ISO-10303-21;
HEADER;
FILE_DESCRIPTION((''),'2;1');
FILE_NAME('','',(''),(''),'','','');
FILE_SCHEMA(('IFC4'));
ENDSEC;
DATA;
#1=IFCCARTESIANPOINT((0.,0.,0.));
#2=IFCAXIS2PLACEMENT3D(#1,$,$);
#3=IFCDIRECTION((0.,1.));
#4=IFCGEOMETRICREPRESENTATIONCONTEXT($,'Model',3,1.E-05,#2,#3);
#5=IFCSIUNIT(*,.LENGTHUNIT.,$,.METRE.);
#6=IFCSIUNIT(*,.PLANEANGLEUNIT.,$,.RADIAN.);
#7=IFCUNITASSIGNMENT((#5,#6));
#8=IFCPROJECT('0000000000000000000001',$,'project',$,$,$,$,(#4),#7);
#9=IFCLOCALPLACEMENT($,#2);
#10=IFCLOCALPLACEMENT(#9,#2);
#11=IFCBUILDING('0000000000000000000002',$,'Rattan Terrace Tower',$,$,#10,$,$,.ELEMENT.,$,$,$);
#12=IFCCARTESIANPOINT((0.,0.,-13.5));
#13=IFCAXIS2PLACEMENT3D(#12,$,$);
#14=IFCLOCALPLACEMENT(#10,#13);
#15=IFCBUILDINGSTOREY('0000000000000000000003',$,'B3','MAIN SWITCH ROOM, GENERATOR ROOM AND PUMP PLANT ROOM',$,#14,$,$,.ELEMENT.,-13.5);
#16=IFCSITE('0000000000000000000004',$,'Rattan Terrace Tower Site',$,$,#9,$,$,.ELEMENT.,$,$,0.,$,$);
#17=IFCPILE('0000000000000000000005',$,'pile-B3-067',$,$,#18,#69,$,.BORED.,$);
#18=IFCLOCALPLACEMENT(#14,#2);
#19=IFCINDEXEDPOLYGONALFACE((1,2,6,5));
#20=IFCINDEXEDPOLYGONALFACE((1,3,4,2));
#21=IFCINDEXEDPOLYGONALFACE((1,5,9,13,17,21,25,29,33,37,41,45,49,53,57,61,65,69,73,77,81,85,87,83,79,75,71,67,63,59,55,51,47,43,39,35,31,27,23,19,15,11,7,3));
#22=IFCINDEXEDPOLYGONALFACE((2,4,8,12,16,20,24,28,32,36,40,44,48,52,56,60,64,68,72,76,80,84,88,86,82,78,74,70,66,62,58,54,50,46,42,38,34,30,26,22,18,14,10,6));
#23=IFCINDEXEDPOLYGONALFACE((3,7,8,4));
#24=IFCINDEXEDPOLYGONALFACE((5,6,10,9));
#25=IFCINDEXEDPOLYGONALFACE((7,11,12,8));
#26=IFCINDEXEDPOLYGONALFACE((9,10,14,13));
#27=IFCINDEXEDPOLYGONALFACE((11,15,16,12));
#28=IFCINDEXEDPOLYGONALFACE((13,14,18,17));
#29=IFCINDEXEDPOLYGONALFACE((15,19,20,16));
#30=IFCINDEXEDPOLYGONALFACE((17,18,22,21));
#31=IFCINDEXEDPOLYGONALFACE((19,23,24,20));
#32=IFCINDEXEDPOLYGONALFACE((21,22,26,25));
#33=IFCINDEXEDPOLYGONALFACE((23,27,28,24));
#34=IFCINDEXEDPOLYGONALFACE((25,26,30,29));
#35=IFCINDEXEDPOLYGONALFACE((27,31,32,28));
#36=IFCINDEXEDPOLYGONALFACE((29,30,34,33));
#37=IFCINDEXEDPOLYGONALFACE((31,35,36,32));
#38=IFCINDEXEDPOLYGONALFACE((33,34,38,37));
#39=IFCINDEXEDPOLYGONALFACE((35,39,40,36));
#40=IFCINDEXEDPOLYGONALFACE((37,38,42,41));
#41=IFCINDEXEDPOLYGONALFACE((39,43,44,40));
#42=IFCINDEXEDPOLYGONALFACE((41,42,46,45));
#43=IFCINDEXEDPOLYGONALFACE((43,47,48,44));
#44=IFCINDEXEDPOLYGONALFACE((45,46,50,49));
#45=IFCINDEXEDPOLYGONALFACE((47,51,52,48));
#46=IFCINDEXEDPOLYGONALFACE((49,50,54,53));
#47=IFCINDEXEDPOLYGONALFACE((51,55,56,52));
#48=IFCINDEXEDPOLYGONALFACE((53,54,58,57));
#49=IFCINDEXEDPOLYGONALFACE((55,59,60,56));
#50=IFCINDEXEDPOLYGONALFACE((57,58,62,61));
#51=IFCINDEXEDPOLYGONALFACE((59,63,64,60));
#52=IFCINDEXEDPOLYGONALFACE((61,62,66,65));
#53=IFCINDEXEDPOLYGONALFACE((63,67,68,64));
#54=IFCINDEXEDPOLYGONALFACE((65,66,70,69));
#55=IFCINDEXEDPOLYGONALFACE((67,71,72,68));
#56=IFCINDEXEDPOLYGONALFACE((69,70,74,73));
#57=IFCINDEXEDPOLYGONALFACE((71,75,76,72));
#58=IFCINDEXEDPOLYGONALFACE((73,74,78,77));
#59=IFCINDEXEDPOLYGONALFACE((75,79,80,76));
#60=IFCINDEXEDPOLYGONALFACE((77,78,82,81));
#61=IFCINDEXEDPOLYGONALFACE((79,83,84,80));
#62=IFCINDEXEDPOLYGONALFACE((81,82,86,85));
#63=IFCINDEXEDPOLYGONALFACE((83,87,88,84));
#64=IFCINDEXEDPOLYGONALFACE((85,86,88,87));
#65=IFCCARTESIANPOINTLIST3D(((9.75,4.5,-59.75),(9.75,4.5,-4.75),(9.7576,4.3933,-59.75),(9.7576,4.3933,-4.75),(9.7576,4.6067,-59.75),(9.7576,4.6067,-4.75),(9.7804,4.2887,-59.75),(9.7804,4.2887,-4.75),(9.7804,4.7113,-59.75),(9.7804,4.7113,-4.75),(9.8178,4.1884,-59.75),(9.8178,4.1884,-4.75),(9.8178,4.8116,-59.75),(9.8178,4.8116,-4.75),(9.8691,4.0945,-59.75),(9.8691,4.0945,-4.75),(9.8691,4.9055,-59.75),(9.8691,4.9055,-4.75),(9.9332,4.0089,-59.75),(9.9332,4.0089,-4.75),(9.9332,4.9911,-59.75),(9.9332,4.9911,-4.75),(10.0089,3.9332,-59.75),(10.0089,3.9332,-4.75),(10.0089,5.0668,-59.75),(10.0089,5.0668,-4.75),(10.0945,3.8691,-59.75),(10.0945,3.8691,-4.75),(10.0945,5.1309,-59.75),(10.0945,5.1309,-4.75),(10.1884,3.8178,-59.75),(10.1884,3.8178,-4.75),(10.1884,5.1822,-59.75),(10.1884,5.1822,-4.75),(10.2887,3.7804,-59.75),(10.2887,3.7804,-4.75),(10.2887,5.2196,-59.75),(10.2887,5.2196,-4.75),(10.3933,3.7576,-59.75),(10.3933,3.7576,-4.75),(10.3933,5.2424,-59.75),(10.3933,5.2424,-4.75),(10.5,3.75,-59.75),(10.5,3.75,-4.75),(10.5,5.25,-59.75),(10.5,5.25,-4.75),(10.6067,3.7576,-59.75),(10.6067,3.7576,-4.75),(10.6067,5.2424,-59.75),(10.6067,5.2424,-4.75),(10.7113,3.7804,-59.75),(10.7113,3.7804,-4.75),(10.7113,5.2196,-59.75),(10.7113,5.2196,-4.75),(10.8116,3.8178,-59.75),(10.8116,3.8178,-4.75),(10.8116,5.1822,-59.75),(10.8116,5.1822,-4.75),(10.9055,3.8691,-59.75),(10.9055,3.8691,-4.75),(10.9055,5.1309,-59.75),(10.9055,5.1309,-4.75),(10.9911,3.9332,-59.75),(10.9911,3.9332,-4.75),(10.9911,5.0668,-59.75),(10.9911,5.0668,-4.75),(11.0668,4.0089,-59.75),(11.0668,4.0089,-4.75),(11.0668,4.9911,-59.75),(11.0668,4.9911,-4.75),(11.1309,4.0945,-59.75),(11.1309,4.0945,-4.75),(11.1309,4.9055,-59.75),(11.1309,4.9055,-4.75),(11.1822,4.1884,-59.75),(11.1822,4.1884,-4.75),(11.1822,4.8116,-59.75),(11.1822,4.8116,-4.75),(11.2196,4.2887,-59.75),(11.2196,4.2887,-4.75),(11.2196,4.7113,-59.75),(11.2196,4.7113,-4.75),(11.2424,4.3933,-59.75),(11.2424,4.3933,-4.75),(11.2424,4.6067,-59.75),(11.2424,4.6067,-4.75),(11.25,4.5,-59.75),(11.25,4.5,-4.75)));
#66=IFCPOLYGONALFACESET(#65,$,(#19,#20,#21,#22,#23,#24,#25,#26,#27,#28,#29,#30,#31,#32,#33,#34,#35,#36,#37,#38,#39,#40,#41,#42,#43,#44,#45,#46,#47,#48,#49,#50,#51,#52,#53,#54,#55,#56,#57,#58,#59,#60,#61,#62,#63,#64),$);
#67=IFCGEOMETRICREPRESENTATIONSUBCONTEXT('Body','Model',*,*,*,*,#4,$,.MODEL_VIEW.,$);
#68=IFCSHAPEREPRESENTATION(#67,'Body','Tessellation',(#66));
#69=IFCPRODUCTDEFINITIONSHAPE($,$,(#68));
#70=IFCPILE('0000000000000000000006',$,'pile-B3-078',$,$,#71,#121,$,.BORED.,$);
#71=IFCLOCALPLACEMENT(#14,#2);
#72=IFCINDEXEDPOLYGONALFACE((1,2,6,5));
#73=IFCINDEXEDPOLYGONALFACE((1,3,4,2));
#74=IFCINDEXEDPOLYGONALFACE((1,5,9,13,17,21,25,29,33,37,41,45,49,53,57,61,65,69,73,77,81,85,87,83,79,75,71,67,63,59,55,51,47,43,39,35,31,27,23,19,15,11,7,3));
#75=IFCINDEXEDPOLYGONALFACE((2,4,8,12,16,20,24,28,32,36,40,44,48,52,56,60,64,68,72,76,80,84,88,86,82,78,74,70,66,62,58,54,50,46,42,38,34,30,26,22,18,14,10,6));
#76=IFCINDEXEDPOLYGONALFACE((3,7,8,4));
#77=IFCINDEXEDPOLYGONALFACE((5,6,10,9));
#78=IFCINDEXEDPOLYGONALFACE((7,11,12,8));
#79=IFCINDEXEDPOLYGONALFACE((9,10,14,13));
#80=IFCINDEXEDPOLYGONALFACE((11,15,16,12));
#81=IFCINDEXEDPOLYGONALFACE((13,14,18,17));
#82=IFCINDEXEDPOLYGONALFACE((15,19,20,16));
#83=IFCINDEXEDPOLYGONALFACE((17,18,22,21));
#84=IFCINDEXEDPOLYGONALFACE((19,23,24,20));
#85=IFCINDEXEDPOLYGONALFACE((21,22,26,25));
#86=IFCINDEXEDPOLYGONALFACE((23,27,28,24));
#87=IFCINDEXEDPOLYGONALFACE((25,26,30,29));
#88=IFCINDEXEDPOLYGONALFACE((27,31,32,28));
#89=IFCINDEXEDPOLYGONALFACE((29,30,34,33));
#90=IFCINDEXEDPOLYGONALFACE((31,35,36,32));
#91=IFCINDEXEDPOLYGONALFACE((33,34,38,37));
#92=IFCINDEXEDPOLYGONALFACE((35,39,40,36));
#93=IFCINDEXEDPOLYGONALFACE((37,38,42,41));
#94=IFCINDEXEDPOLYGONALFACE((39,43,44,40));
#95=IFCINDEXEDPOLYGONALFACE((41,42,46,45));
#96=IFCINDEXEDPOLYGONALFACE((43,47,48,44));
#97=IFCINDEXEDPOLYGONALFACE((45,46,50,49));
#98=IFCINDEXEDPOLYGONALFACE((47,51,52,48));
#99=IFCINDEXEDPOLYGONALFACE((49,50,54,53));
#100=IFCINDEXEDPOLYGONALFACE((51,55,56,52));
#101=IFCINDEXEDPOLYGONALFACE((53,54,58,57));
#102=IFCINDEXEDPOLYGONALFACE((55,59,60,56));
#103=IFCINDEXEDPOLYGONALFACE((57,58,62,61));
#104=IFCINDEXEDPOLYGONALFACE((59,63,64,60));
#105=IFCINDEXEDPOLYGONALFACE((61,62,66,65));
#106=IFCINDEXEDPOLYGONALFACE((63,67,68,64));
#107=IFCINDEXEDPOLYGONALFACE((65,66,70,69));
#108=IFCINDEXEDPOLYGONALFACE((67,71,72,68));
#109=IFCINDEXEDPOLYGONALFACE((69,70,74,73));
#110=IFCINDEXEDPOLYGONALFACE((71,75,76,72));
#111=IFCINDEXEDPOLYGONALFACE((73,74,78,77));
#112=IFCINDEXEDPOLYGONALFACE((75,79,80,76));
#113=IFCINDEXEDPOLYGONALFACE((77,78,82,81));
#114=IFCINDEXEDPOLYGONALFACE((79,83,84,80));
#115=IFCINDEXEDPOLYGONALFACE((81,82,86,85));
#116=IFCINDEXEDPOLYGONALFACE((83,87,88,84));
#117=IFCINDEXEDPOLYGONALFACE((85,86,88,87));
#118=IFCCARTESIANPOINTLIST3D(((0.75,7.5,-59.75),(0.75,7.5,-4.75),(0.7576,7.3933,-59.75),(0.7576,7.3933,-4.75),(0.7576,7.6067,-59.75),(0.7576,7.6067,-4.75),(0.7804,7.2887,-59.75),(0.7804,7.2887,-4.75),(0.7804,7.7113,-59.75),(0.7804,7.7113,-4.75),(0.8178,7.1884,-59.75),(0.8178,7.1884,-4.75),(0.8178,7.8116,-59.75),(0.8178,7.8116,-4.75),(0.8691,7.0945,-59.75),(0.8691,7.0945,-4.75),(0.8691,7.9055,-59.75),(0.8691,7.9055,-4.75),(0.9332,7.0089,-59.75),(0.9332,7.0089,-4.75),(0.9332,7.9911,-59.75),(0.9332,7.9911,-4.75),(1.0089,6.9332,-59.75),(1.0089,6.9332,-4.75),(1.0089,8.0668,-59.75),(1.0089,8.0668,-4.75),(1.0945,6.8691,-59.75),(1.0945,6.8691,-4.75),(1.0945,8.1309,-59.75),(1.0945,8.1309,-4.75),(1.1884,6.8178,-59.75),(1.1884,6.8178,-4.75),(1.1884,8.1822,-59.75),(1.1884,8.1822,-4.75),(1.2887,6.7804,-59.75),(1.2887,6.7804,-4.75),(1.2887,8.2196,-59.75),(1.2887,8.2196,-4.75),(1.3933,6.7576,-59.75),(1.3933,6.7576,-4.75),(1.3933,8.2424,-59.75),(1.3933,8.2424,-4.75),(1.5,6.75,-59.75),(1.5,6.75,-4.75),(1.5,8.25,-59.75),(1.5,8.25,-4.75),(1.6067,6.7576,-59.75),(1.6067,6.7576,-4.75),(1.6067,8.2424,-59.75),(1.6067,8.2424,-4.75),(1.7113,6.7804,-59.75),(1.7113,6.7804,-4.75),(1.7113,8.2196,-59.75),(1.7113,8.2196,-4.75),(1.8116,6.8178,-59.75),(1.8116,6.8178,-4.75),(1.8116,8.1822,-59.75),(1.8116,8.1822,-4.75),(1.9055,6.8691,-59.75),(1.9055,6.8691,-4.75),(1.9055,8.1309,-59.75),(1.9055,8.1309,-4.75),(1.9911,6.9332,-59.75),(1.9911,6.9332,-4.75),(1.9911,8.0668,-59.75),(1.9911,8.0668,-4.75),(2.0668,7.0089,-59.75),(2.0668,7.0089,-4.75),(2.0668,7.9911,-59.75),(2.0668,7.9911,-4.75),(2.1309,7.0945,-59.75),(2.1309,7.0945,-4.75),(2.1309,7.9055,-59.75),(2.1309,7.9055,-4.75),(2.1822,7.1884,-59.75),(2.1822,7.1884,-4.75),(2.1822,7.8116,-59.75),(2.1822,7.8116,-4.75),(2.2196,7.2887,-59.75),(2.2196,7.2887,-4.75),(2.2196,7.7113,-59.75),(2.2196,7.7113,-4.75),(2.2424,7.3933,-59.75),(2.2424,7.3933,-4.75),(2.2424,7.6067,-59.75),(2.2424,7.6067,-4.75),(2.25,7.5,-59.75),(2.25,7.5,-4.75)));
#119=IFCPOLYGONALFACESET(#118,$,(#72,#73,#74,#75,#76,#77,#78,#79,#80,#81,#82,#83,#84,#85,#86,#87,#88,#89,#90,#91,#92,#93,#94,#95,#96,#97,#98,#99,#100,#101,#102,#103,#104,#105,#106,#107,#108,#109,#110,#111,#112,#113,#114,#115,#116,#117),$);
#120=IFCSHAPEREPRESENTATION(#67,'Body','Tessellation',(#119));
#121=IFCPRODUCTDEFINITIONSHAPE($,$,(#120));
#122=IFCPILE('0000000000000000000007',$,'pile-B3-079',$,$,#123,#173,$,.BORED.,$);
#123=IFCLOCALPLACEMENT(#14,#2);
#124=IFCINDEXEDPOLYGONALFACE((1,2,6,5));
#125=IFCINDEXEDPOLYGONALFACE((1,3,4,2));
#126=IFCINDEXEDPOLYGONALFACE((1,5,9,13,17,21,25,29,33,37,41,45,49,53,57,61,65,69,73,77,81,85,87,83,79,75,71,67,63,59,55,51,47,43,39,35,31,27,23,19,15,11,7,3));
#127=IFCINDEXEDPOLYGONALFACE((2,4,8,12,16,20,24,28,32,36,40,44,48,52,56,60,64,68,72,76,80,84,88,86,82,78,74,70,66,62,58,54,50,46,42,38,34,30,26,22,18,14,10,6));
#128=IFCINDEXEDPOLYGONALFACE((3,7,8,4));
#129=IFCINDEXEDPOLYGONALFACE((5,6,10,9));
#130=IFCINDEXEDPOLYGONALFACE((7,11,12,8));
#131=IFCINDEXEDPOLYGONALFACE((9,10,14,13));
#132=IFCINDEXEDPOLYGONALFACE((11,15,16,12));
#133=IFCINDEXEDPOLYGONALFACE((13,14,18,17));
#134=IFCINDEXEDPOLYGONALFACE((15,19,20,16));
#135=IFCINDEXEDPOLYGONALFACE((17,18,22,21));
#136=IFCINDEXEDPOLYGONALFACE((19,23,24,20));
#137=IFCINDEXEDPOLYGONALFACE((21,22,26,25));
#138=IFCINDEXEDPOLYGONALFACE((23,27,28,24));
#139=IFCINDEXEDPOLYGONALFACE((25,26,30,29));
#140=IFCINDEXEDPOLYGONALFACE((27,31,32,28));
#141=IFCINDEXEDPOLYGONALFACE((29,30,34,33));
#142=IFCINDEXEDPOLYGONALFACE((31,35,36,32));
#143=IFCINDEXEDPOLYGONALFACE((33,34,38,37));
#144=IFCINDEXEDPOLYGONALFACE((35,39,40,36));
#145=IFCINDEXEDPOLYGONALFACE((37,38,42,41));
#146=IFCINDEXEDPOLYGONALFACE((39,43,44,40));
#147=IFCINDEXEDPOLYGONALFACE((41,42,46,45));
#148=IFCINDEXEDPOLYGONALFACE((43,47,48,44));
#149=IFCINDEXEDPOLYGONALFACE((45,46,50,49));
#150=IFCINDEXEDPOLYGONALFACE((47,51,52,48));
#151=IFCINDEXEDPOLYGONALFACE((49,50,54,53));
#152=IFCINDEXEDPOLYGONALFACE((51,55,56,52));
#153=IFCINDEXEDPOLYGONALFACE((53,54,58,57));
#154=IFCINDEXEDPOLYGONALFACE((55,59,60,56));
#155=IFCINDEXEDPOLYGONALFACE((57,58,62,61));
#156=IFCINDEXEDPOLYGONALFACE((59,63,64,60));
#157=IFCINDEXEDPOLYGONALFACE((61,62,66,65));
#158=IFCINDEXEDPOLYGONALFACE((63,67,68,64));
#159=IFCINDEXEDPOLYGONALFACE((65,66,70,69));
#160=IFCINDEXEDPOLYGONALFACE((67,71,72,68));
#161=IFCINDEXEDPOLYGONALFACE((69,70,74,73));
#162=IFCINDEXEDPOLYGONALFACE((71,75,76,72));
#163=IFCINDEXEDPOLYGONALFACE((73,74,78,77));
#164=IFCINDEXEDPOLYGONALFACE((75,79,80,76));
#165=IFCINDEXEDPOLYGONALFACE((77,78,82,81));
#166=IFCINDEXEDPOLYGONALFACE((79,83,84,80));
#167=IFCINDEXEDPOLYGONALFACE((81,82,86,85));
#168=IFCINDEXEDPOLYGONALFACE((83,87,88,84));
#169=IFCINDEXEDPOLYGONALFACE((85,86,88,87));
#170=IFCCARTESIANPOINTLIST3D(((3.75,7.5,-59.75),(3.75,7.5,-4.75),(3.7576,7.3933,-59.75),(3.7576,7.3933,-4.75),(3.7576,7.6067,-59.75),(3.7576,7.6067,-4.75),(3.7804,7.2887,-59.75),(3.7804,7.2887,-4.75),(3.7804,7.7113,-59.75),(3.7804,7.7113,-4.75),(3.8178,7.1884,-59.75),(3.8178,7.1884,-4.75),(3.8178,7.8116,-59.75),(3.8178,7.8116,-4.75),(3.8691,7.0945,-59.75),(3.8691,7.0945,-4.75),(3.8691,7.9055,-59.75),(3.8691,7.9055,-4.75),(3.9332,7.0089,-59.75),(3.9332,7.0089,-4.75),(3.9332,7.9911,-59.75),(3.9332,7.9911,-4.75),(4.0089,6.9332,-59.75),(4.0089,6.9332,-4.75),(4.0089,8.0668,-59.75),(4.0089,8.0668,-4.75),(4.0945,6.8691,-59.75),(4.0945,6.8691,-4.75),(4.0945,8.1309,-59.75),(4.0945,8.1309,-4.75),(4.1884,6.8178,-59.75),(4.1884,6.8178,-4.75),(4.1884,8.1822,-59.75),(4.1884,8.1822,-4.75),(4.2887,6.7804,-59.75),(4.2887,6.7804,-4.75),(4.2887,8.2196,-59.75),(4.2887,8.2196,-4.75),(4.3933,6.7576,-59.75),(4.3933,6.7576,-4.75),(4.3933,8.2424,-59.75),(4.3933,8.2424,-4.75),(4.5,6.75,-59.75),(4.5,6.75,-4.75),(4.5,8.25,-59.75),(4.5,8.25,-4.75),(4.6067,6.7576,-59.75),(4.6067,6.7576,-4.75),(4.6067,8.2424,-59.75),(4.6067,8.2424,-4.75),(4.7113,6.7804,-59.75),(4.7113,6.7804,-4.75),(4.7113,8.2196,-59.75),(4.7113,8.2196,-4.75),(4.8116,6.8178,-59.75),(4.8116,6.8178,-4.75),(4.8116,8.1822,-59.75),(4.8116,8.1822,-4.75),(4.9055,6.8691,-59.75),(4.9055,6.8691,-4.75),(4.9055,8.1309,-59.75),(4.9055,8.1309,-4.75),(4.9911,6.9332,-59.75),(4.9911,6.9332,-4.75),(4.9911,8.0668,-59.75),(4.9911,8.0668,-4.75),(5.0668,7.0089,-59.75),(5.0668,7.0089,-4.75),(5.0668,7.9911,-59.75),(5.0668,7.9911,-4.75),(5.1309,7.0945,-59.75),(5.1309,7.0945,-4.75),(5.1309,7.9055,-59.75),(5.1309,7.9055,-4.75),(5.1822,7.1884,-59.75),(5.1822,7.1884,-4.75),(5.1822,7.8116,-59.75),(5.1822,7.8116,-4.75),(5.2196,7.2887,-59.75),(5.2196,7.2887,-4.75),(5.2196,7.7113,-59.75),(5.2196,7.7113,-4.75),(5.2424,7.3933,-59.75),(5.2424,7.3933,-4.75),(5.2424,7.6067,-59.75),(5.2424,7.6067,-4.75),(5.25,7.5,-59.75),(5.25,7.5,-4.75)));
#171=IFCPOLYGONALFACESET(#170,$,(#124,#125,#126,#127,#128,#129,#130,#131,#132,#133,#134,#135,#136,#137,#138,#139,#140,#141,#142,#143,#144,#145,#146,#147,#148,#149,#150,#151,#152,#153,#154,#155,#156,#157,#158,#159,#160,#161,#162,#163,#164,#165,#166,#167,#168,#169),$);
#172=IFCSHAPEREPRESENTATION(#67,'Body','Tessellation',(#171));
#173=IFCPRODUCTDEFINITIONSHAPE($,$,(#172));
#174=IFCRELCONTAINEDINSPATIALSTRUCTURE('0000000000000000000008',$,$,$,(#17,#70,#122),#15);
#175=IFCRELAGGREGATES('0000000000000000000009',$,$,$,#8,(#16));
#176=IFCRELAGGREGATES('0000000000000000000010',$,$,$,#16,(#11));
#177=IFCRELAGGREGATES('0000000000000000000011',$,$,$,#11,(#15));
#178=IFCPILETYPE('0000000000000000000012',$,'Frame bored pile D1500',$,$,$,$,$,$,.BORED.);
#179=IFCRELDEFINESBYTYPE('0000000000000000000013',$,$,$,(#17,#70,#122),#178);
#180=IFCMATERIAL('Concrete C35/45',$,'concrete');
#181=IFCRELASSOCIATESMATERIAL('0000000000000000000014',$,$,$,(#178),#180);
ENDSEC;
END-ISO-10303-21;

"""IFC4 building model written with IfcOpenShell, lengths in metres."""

from ifc_helpers import new_model, si_unit, direction, frame, origin, origin_2d, place, context, subcontext, project, spatial, circle, extrude, material, material_profile, profile_set, type_object, element, save


model = new_model("IFC4")

# Units and contexts
model_context = context("Model", 3, precision=1e-05, world=origin(), true_north=direction((0.0, 1.0)))
body_context = subcontext(model_context, "Body", "Model", "MODEL_VIEW")
ifc_project = project(units=[si_unit("LENGTHUNIT", "METRE"), si_unit("PLANEANGLEUNIT", "RADIAN")], contexts=[model_context])

# Site, building, storey
site_placement = place(None, origin())
site = spatial("IfcSite", under=ifc_project, at=site_placement, Name="Rattan Terrace Tower Site", CompositionType="ELEMENT", RefElevation=0.0)
building_placement = place(site_placement, origin())
building = spatial("IfcBuilding", under=site, at=building_placement, Name="Rattan Terrace Tower", CompositionType="ELEMENT")
storey_placement = place(building_placement, frame((0.0, 0.0, -13.5)))
storey = spatial("IfcBuildingStorey", under=building, at=storey_placement, Name="B3", Description="MAIN SWITCH ROOM, GENERATOR ROOM AND PUMP PLANT ROOM", CompositionType="ELEMENT", Elevation=-13.5)

# Piles
ifc_material_1 = material(Name="Concrete C35/45", Category="concrete")
ifc_material_profile_1 = material_profile(ifc_material_1, circle(Radius=0.75, at=origin_2d()), Name="PILE D1500")
ifc_profile_set_1 = profile_set([ifc_material_profile_1], Name="Concrete C35/45")
pile_type = type_object("IfcPileType", Name="Frame bored pile D1500", PredefinedType="BORED", material=ifc_profile_set_1)
for number, where, z_axis, x_axis, name in (
    (1, (10.5, 4.5, -4.75), (0.0, 0.0, -1.0), (1.0, 0.0, 0.0), "pile-B3-067"),
    (2, (1.5, 7.5, -4.75), (0.0, 0.0, -1.0), (1.0, 0.0, 0.0), "pile-B3-078"),
    (3, (4.5, 7.5, -4.75), (0.0, 0.0, -1.0), (1.0, 0.0, 0.0), "pile-B3-079"),
):
    element("IfcPile", number, at=place(storey_placement, frame(where, z_axis=z_axis, x_axis=x_axis)), inside=storey, type_object=pile_type, Name=name, PredefinedType="BORED", context=body_context, shape_type="SweptSolid", body=[
        extrude(circle(Radius=0.75, at=origin_2d()), origin(), (0.0, 0.0, 1.0), 55.0),
    ])

save(model, "model.ifc")
